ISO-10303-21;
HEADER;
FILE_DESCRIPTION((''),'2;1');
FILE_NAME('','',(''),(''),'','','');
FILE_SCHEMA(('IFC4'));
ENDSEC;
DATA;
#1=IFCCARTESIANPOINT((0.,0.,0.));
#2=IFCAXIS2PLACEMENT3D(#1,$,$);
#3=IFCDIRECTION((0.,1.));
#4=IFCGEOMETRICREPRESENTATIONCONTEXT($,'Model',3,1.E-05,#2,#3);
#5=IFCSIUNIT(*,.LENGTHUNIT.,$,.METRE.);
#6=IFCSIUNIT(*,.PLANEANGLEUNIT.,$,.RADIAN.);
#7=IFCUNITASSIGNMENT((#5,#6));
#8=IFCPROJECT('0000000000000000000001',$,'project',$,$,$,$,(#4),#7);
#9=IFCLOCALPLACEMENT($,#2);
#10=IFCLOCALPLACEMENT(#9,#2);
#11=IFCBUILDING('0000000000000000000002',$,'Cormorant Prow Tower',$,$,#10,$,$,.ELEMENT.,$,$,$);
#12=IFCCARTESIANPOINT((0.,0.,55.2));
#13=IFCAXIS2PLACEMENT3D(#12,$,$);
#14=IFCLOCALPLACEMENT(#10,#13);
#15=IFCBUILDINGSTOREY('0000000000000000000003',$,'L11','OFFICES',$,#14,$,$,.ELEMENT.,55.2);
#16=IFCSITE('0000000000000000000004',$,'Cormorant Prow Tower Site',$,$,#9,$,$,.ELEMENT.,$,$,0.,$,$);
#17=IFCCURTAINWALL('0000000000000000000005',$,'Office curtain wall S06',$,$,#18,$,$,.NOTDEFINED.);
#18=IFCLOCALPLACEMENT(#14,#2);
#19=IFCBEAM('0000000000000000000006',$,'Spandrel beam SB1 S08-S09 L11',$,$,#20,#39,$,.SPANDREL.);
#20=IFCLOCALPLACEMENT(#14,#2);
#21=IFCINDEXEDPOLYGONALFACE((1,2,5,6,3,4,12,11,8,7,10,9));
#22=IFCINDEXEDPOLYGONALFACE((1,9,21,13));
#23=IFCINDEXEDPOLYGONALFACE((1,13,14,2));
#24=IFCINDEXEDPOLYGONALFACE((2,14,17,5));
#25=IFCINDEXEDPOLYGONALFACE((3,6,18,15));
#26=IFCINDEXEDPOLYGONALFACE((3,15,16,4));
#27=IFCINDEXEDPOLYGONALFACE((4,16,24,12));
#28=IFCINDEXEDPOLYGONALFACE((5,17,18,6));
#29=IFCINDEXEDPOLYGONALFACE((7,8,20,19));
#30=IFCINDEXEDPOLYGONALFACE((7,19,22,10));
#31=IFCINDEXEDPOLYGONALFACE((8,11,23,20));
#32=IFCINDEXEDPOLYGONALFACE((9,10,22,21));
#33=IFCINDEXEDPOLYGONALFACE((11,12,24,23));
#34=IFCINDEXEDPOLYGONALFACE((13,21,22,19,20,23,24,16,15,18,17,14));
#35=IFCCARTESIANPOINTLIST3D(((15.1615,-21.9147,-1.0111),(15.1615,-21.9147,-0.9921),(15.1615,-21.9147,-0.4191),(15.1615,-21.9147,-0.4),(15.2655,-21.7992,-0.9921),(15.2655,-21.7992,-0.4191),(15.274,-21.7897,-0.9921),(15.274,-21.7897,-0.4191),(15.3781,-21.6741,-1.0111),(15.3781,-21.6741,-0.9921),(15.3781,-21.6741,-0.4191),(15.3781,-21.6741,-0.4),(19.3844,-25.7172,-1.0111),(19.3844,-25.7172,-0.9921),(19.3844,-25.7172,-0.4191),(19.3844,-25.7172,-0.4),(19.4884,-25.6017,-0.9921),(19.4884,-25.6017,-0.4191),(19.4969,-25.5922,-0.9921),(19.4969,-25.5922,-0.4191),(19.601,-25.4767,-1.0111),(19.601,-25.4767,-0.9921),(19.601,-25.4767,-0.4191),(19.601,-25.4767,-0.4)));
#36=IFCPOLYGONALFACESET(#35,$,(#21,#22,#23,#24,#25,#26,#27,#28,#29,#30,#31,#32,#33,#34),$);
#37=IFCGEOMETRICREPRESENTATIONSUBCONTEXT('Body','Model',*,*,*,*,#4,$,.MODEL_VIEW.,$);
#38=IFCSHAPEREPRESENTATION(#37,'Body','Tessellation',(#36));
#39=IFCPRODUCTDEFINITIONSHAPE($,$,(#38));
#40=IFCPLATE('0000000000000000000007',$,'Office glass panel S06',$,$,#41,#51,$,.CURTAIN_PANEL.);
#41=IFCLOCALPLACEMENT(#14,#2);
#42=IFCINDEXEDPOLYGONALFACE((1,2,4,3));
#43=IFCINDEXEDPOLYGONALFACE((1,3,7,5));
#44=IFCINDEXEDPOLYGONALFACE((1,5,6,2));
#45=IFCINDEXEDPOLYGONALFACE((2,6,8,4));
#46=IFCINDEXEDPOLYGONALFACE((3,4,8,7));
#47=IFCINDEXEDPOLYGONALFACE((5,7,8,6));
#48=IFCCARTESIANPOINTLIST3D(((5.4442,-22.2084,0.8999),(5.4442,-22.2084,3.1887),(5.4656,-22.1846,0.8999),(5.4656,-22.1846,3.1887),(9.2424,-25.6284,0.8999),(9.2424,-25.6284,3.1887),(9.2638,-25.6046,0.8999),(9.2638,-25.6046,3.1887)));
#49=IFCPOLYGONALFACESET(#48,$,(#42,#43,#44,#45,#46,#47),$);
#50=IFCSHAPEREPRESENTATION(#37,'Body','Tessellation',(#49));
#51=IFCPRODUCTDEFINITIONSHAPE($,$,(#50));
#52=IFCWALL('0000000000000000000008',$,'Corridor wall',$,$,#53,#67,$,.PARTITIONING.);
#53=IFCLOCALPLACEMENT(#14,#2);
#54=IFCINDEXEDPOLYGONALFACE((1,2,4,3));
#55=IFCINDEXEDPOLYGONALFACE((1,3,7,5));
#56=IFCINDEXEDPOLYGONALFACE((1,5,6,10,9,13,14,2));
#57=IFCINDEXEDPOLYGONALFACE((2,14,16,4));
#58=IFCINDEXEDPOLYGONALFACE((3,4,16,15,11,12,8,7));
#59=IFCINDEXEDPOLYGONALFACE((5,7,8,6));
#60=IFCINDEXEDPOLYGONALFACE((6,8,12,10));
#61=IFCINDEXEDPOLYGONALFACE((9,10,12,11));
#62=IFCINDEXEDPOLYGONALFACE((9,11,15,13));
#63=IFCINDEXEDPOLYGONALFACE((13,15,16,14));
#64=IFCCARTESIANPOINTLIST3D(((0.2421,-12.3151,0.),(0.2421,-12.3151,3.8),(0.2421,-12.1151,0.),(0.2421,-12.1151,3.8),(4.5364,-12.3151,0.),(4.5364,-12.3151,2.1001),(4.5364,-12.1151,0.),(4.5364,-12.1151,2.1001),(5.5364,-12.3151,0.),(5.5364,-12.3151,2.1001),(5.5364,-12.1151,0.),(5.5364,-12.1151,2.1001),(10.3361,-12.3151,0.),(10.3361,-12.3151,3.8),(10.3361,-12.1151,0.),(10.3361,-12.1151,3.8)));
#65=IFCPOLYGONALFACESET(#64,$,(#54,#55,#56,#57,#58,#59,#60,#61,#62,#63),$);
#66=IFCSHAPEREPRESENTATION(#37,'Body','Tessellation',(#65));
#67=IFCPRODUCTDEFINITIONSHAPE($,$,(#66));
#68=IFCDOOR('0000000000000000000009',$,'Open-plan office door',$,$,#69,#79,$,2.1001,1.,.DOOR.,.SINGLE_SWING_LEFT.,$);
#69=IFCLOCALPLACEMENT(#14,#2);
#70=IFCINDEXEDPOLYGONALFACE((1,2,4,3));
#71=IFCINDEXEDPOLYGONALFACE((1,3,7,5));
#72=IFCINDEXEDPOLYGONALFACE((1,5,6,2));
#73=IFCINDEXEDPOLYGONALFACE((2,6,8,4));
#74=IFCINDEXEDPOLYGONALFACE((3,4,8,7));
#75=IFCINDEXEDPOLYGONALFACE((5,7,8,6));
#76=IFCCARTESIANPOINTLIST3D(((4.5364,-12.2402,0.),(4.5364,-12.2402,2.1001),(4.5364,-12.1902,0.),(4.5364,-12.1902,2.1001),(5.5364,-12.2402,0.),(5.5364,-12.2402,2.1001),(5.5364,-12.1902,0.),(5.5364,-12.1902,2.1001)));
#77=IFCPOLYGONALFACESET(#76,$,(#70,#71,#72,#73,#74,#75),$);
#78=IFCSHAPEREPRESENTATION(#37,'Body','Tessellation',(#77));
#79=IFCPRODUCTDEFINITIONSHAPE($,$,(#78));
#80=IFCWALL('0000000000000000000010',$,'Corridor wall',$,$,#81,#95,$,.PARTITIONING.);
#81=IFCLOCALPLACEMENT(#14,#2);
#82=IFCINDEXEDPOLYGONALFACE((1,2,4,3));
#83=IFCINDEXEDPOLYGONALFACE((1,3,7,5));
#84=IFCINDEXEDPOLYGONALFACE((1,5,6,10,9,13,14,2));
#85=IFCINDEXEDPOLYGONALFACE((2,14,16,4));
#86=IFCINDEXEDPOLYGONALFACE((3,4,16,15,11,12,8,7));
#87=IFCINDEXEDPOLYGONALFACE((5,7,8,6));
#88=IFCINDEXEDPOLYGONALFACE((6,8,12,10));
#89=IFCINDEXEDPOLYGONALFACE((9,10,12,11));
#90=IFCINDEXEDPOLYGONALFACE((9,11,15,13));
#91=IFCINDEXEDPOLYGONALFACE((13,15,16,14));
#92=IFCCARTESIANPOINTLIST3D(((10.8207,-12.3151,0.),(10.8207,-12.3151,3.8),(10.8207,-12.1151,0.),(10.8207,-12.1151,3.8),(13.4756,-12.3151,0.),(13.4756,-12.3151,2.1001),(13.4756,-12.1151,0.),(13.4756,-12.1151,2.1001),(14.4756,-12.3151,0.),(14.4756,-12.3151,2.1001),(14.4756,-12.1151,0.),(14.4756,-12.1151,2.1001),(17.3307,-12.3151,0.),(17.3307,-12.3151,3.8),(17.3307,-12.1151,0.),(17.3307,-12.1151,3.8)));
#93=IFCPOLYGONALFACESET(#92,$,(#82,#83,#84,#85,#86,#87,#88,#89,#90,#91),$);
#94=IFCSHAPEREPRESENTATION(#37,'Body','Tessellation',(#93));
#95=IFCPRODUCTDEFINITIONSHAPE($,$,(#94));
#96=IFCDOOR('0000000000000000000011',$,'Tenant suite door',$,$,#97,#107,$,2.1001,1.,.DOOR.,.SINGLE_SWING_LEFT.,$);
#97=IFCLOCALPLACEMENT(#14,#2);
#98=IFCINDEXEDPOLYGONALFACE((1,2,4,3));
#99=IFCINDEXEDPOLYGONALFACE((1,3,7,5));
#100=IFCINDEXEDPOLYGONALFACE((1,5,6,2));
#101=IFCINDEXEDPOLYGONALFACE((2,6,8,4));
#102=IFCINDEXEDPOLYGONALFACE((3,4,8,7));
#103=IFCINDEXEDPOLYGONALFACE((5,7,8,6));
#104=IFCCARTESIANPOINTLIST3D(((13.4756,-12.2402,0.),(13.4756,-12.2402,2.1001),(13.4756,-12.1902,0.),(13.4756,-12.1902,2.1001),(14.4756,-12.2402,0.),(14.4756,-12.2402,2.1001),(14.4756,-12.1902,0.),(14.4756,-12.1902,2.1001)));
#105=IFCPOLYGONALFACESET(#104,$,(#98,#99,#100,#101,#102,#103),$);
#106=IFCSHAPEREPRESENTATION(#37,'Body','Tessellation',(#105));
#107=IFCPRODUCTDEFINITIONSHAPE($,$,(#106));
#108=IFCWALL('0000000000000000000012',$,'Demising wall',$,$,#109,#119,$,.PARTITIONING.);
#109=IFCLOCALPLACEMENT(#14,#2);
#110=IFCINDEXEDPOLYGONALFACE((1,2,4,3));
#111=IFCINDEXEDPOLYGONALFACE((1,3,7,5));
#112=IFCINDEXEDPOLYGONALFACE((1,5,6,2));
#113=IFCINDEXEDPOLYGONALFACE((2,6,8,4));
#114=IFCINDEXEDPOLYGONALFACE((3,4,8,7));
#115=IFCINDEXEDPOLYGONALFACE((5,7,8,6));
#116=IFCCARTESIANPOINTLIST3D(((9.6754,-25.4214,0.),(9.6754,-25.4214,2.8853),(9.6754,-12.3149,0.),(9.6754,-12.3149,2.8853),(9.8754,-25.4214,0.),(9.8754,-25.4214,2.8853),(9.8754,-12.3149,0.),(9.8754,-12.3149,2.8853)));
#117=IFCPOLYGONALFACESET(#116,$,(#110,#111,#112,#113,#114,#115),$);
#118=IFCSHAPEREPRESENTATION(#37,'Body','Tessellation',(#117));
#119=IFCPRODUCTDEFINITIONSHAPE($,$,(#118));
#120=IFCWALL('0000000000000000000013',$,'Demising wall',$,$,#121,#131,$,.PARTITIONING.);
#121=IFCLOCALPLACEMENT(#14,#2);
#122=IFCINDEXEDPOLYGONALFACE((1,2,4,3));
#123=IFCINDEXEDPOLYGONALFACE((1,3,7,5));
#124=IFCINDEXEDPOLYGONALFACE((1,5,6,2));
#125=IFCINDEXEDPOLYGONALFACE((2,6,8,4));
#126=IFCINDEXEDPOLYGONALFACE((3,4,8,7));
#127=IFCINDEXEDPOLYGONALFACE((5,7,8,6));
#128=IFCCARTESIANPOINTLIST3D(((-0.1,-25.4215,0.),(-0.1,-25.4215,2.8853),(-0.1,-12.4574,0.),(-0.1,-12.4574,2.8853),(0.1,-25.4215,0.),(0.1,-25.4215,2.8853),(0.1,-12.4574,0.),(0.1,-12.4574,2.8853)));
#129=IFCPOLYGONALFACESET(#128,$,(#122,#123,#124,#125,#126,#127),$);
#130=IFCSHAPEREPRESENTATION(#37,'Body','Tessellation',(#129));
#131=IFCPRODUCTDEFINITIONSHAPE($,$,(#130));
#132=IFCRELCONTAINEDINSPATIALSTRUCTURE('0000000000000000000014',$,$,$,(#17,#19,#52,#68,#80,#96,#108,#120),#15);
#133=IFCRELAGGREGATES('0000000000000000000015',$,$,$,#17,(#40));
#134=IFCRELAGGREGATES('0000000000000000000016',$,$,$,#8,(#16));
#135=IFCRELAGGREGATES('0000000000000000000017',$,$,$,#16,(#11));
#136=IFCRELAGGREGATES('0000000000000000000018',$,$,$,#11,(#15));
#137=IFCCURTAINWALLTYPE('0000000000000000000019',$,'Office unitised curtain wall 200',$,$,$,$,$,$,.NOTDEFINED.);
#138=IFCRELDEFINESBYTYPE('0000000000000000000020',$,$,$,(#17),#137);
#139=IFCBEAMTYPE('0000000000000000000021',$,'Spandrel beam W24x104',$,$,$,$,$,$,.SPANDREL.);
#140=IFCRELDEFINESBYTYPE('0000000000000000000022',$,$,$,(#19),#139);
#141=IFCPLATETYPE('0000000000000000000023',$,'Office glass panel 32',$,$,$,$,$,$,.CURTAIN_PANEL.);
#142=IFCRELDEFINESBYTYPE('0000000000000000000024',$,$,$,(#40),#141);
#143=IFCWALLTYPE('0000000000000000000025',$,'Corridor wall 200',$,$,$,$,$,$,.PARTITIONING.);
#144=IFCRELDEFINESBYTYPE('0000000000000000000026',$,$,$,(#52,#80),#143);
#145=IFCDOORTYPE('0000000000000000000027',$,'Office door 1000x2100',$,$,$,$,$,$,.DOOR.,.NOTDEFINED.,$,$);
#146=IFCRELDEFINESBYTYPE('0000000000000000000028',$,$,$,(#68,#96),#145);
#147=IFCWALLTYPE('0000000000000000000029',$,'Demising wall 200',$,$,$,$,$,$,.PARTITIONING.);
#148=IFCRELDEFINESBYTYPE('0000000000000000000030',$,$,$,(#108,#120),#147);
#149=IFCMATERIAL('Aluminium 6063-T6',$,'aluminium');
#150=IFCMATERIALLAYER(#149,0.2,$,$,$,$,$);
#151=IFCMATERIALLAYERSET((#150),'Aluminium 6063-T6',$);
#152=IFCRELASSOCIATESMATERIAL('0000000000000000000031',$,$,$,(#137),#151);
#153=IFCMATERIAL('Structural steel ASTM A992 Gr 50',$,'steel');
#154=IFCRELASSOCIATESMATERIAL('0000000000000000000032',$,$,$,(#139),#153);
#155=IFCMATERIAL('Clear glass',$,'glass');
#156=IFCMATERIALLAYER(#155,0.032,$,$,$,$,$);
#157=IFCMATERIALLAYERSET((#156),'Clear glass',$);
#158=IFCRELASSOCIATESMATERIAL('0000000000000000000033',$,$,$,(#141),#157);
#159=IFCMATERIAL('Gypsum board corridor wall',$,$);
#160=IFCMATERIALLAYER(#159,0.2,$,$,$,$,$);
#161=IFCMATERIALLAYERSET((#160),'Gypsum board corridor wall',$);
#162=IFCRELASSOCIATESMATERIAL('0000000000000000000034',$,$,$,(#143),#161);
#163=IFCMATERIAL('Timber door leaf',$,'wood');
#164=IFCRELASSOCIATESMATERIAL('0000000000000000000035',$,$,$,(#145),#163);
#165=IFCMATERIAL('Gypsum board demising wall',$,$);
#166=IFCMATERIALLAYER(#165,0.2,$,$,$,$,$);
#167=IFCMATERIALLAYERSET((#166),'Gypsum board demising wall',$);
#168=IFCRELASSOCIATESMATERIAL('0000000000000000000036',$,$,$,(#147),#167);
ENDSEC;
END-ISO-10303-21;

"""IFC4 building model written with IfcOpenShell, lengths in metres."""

from ifc_helpers import new_model, si_unit, direction, frame, frame_2d, origin, origin_2d, place, context, subcontext, project, spatial, rectangle, i_section, extrude, material, layer, layer_set, material_profile, profile_set, type_object, element, fill, aggregate, save


model = new_model("IFC4")

# Units and contexts
model_context = context("Model", 3, precision=1e-05, world=origin(), true_north=direction((0.0, 1.0)))
body_context = subcontext(model_context, "Body", "Model", "MODEL_VIEW")
ifc_project = project(units=[si_unit("LENGTHUNIT", "METRE"), si_unit("PLANEANGLEUNIT", "RADIAN")], contexts=[model_context])

# Site, building, storey
site_placement = place(None, origin())
site = spatial("IfcSite", under=ifc_project, at=site_placement, Name="Cormorant Prow Tower Site", CompositionType="ELEMENT", RefElevation=0.0)
building_placement = place(site_placement, origin())
building = spatial("IfcBuilding", under=site, at=building_placement, Name="Cormorant Prow Tower", CompositionType="ELEMENT")
storey_placement = place(building_placement, frame((0.0, 0.0, 55.2)))
storey = spatial("IfcBuildingStorey", under=building, at=storey_placement, Name="L11", Description="OFFICES", CompositionType="ELEMENT", Elevation=55.2)

# Curtain wall
ifc_material_1 = material(Name="Aluminium 6063-T6", Category="aluminium")
ifc_layer_1 = layer(ifc_material_1, 0.2)
ifc_layer_set_1 = layer_set([ifc_layer_1], Name="Aluminium 6063-T6")
curtain_wall_type = type_object("IfcCurtainWallType", Name="Office unitised curtain wall 200", PredefinedType="NOTDEFINED", material=ifc_layer_set_1)
curtain_wall_1_placement = place(storey_placement, origin())
curtain_wall_1 = element("IfcCurtainWall", 1, at=curtain_wall_1_placement, inside=storey, type_object=curtain_wall_type, Name="Office curtain wall S06", PredefinedType="NOTDEFINED")

# Beam
ifc_material_2 = material(Name="Structural steel ASTM A992 Gr 50", Category="steel")
ifc_material_profile_1 = material_profile(ifc_material_2, i_section(OverallWidth=0.3237, OverallDepth=0.6111, WebThickness=0.0127, FlangeThickness=0.019, at=origin_2d()), Name="W24x104")
ifc_profile_set_1 = profile_set([ifc_material_profile_1], Name="Structural steel ASTM A992 Gr 50")
beam_type_1 = type_object("IfcBeamType", Name="Spandrel beam W24x104", PredefinedType="SPANDREL", material=ifc_profile_set_1)
for number, where, z_axis, x_axis, name in (
    (2, (15.2698, -21.7944, -0.7056), (0.74313, -0.669147, 0.0), (0.669147, 0.74313, 0.0), "Spandrel beam SB1 S08-S09 L11"),
):
    element("IfcBeam", number, at=place(storey_placement, frame(where, z_axis=z_axis, x_axis=x_axis)), inside=storey, type_object=beam_type_1, Name=name, PredefinedType="SPANDREL", context=body_context, shape_type="SweptSolid", body=[
        extrude(i_section(OverallWidth=0.3237, OverallDepth=0.6111, WebThickness=0.0127, FlangeThickness=0.019, at=origin_2d()), origin(), (0.0, 0.0, 1.0), 5.6826),
    ])

# Plate
ifc_material_3 = material(Name="Clear glass", Category="glass")
ifc_layer_2 = layer(ifc_material_3, 0.032)
ifc_layer_set_2 = layer_set([ifc_layer_2], Name="Clear glass")
plate_type = type_object("IfcPlateType", Name="Office glass panel 32", PredefinedType="CURTAIN_PANEL", material=ifc_layer_set_2)
plate_placement = place(storey_placement, frame((7.354, -23.9065, 0.8999), z_axis=(0.0, 0.0, 1.0), x_axis=(0.743145, -0.669131, 0.0)))
plate = element("IfcPlate", 3, at=plate_placement, type_object=plate_type, Name="Office glass panel S06", PredefinedType="CURTAIN_PANEL", context=body_context, shape_type="SweptSolid", body=[
    extrude(rectangle(XDim=5.1111, YDim=0.032, at=origin_2d()), origin(), (0.0, 0.0, 1.0), 2.2888),
])
aggregate(curtain_wall_1, [plate])

# Walls, openings, doors
ifc_material_4 = material(Name="Gypsum board corridor wall")
ifc_layer_3 = layer(ifc_material_4, 0.2)
ifc_layer_set_3 = layer_set([ifc_layer_3], Name="Gypsum board corridor wall")
wall_type_1 = type_object("IfcWallType", Name="Corridor wall 200", PredefinedType="PARTITIONING", material=ifc_layer_set_3)
wall_1_placement = place(storey_placement, frame((0.2422, -12.2151, 0.0), z_axis=(0.0, 0.0, 1.0), x_axis=(1.0, 0.0, 0.0)))
wall_1 = element("IfcWall", 4, at=wall_1_placement, inside=storey, type_object=wall_type_1, Name="Corridor wall", PredefinedType="PARTITIONING", context=body_context, shape_type="SweptSolid", body=[
    extrude(rectangle(XDim=10.094, YDim=0.2, at=frame_2d((5.0469, 0.0))), origin(), (0.0, 0.0, 1.0), 3.8),
])
opening_1_placement = place(wall_1_placement, frame((4.2942, 0.0, 0.0)))
opening_1 = element("IfcOpeningElement", 5, at=opening_1_placement, cuts=wall_1, PredefinedType="OPENING", context=body_context, shape_type="SweptSolid", body=[
    extrude(rectangle(XDim=1.0, YDim=2.1001, at=frame_2d((0.5, 1.05))), frame((0.0, 0.1099, 0.0), z_axis=(0.0, -1.0, 0.0), x_axis=(1.0, 0.0, 0.0)), (0.0, 0.0, 1.0), 0.22),
])
ifc_material_5 = material(Name="Timber door leaf", Category="wood")
door_type_1 = type_object("IfcDoorType", Name="Office door 1000x2100", OperationType="NOTDEFINED", PredefinedType="DOOR", material=ifc_material_5)
door_1_placement = place(opening_1_placement, origin())
door_1 = element("IfcDoor", 6, at=door_1_placement, inside=storey, type_object=door_type_1, Name="Open-plan office door", OperationType="SINGLE_SWING_LEFT", OverallHeight=2.1001, OverallWidth=1.0, PredefinedType="DOOR", context=body_context, shape_type="SweptSolid", body=[
    extrude(rectangle(XDim=1.0, YDim=2.1001, at=frame_2d((0.5, 1.05))), frame((0.0, 0.0249, 0.0), z_axis=(0.0, -1.0, 0.0), x_axis=(1.0, 0.0, 0.0)), (0.0, 0.0, 1.0), 0.05),
])
fill(opening_1, door_1)
wall_2_placement = place(storey_placement, frame((10.8208, -12.2151, 0.0), z_axis=(0.0, 0.0, 1.0), x_axis=(1.0, 0.0, 0.0)))
wall_2 = element("IfcWall", 7, at=wall_2_placement, inside=storey, type_object=wall_type_1, Name="Corridor wall", PredefinedType="PARTITIONING", context=body_context, shape_type="SweptSolid", body=[
    extrude(rectangle(XDim=6.51, YDim=0.2, at=frame_2d((3.2549, 0.0))), origin(), (0.0, 0.0, 1.0), 3.8),
])
opening_2_placement = place(wall_2_placement, frame((2.6548, 0.0, 0.0)))
opening_2 = element("IfcOpeningElement", 8, at=opening_2_placement, cuts=wall_2, PredefinedType="OPENING", context=body_context, shape_type="SweptSolid", body=[
    extrude(rectangle(XDim=1.0, YDim=2.1001, at=frame_2d((0.5, 1.05))), frame((0.0, 0.1099, 0.0), z_axis=(0.0, -1.0, 0.0), x_axis=(1.0, 0.0, 0.0)), (0.0, 0.0, 1.0), 0.22),
])
door_2_placement = place(opening_2_placement, origin())
door_2 = element("IfcDoor", 9, at=door_2_placement, inside=storey, type_object=door_type_1, Name="Tenant suite door", OperationType="SINGLE_SWING_LEFT", OverallHeight=2.1001, OverallWidth=1.0, PredefinedType="DOOR", context=body_context, shape_type="SweptSolid", body=[
    extrude(rectangle(XDim=1.0, YDim=2.1001, at=frame_2d((0.5, 1.05))), frame((0.0, 0.0249, 0.0), z_axis=(0.0, -1.0, 0.0), x_axis=(1.0, 0.0, 0.0)), (0.0, 0.0, 1.0), 0.05),
])
fill(opening_2, door_2)

# Walls
ifc_material_6 = material(Name="Gypsum board demising wall")
ifc_layer_4 = layer(ifc_material_6, 0.2)
ifc_layer_set_4 = layer_set([ifc_layer_4], Name="Gypsum board demising wall")
wall_type_2 = type_object("IfcWallType", Name="Demising wall 200", PredefinedType="PARTITIONING", material=ifc_layer_set_4)
wall_3_placement = place(storey_placement, frame((9.7754, -25.4214, 0.0), z_axis=(0.0, 0.0, 1.0), x_axis=(0.0, 1.0, 0.0)))
element("IfcWall", 10, at=wall_3_placement, inside=storey, type_object=wall_type_2, Name="Demising wall", PredefinedType="PARTITIONING", context=body_context, shape_type="SweptSolid", body=[
    extrude(rectangle(XDim=13.1064, YDim=0.2, at=frame_2d((6.5532, 0.0))), origin(), (0.0, 0.0, 1.0), 2.8853),
])
wall_4_placement = place(storey_placement, frame((0.0, -25.4214, 0.0), z_axis=(0.0, 0.0, 1.0), x_axis=(0.0, 1.0, 0.0)))
element("IfcWall", 11, at=wall_4_placement, inside=storey, type_object=wall_type_2, Name="Demising wall", PredefinedType="PARTITIONING", context=body_context, shape_type="SweptSolid", body=[
    extrude(rectangle(XDim=12.9641, YDim=0.2, at=frame_2d((6.4819, 0.0))), origin(), (0.0, 0.0, 1.0), 2.8853),
])

save(model, "model.ifc")
